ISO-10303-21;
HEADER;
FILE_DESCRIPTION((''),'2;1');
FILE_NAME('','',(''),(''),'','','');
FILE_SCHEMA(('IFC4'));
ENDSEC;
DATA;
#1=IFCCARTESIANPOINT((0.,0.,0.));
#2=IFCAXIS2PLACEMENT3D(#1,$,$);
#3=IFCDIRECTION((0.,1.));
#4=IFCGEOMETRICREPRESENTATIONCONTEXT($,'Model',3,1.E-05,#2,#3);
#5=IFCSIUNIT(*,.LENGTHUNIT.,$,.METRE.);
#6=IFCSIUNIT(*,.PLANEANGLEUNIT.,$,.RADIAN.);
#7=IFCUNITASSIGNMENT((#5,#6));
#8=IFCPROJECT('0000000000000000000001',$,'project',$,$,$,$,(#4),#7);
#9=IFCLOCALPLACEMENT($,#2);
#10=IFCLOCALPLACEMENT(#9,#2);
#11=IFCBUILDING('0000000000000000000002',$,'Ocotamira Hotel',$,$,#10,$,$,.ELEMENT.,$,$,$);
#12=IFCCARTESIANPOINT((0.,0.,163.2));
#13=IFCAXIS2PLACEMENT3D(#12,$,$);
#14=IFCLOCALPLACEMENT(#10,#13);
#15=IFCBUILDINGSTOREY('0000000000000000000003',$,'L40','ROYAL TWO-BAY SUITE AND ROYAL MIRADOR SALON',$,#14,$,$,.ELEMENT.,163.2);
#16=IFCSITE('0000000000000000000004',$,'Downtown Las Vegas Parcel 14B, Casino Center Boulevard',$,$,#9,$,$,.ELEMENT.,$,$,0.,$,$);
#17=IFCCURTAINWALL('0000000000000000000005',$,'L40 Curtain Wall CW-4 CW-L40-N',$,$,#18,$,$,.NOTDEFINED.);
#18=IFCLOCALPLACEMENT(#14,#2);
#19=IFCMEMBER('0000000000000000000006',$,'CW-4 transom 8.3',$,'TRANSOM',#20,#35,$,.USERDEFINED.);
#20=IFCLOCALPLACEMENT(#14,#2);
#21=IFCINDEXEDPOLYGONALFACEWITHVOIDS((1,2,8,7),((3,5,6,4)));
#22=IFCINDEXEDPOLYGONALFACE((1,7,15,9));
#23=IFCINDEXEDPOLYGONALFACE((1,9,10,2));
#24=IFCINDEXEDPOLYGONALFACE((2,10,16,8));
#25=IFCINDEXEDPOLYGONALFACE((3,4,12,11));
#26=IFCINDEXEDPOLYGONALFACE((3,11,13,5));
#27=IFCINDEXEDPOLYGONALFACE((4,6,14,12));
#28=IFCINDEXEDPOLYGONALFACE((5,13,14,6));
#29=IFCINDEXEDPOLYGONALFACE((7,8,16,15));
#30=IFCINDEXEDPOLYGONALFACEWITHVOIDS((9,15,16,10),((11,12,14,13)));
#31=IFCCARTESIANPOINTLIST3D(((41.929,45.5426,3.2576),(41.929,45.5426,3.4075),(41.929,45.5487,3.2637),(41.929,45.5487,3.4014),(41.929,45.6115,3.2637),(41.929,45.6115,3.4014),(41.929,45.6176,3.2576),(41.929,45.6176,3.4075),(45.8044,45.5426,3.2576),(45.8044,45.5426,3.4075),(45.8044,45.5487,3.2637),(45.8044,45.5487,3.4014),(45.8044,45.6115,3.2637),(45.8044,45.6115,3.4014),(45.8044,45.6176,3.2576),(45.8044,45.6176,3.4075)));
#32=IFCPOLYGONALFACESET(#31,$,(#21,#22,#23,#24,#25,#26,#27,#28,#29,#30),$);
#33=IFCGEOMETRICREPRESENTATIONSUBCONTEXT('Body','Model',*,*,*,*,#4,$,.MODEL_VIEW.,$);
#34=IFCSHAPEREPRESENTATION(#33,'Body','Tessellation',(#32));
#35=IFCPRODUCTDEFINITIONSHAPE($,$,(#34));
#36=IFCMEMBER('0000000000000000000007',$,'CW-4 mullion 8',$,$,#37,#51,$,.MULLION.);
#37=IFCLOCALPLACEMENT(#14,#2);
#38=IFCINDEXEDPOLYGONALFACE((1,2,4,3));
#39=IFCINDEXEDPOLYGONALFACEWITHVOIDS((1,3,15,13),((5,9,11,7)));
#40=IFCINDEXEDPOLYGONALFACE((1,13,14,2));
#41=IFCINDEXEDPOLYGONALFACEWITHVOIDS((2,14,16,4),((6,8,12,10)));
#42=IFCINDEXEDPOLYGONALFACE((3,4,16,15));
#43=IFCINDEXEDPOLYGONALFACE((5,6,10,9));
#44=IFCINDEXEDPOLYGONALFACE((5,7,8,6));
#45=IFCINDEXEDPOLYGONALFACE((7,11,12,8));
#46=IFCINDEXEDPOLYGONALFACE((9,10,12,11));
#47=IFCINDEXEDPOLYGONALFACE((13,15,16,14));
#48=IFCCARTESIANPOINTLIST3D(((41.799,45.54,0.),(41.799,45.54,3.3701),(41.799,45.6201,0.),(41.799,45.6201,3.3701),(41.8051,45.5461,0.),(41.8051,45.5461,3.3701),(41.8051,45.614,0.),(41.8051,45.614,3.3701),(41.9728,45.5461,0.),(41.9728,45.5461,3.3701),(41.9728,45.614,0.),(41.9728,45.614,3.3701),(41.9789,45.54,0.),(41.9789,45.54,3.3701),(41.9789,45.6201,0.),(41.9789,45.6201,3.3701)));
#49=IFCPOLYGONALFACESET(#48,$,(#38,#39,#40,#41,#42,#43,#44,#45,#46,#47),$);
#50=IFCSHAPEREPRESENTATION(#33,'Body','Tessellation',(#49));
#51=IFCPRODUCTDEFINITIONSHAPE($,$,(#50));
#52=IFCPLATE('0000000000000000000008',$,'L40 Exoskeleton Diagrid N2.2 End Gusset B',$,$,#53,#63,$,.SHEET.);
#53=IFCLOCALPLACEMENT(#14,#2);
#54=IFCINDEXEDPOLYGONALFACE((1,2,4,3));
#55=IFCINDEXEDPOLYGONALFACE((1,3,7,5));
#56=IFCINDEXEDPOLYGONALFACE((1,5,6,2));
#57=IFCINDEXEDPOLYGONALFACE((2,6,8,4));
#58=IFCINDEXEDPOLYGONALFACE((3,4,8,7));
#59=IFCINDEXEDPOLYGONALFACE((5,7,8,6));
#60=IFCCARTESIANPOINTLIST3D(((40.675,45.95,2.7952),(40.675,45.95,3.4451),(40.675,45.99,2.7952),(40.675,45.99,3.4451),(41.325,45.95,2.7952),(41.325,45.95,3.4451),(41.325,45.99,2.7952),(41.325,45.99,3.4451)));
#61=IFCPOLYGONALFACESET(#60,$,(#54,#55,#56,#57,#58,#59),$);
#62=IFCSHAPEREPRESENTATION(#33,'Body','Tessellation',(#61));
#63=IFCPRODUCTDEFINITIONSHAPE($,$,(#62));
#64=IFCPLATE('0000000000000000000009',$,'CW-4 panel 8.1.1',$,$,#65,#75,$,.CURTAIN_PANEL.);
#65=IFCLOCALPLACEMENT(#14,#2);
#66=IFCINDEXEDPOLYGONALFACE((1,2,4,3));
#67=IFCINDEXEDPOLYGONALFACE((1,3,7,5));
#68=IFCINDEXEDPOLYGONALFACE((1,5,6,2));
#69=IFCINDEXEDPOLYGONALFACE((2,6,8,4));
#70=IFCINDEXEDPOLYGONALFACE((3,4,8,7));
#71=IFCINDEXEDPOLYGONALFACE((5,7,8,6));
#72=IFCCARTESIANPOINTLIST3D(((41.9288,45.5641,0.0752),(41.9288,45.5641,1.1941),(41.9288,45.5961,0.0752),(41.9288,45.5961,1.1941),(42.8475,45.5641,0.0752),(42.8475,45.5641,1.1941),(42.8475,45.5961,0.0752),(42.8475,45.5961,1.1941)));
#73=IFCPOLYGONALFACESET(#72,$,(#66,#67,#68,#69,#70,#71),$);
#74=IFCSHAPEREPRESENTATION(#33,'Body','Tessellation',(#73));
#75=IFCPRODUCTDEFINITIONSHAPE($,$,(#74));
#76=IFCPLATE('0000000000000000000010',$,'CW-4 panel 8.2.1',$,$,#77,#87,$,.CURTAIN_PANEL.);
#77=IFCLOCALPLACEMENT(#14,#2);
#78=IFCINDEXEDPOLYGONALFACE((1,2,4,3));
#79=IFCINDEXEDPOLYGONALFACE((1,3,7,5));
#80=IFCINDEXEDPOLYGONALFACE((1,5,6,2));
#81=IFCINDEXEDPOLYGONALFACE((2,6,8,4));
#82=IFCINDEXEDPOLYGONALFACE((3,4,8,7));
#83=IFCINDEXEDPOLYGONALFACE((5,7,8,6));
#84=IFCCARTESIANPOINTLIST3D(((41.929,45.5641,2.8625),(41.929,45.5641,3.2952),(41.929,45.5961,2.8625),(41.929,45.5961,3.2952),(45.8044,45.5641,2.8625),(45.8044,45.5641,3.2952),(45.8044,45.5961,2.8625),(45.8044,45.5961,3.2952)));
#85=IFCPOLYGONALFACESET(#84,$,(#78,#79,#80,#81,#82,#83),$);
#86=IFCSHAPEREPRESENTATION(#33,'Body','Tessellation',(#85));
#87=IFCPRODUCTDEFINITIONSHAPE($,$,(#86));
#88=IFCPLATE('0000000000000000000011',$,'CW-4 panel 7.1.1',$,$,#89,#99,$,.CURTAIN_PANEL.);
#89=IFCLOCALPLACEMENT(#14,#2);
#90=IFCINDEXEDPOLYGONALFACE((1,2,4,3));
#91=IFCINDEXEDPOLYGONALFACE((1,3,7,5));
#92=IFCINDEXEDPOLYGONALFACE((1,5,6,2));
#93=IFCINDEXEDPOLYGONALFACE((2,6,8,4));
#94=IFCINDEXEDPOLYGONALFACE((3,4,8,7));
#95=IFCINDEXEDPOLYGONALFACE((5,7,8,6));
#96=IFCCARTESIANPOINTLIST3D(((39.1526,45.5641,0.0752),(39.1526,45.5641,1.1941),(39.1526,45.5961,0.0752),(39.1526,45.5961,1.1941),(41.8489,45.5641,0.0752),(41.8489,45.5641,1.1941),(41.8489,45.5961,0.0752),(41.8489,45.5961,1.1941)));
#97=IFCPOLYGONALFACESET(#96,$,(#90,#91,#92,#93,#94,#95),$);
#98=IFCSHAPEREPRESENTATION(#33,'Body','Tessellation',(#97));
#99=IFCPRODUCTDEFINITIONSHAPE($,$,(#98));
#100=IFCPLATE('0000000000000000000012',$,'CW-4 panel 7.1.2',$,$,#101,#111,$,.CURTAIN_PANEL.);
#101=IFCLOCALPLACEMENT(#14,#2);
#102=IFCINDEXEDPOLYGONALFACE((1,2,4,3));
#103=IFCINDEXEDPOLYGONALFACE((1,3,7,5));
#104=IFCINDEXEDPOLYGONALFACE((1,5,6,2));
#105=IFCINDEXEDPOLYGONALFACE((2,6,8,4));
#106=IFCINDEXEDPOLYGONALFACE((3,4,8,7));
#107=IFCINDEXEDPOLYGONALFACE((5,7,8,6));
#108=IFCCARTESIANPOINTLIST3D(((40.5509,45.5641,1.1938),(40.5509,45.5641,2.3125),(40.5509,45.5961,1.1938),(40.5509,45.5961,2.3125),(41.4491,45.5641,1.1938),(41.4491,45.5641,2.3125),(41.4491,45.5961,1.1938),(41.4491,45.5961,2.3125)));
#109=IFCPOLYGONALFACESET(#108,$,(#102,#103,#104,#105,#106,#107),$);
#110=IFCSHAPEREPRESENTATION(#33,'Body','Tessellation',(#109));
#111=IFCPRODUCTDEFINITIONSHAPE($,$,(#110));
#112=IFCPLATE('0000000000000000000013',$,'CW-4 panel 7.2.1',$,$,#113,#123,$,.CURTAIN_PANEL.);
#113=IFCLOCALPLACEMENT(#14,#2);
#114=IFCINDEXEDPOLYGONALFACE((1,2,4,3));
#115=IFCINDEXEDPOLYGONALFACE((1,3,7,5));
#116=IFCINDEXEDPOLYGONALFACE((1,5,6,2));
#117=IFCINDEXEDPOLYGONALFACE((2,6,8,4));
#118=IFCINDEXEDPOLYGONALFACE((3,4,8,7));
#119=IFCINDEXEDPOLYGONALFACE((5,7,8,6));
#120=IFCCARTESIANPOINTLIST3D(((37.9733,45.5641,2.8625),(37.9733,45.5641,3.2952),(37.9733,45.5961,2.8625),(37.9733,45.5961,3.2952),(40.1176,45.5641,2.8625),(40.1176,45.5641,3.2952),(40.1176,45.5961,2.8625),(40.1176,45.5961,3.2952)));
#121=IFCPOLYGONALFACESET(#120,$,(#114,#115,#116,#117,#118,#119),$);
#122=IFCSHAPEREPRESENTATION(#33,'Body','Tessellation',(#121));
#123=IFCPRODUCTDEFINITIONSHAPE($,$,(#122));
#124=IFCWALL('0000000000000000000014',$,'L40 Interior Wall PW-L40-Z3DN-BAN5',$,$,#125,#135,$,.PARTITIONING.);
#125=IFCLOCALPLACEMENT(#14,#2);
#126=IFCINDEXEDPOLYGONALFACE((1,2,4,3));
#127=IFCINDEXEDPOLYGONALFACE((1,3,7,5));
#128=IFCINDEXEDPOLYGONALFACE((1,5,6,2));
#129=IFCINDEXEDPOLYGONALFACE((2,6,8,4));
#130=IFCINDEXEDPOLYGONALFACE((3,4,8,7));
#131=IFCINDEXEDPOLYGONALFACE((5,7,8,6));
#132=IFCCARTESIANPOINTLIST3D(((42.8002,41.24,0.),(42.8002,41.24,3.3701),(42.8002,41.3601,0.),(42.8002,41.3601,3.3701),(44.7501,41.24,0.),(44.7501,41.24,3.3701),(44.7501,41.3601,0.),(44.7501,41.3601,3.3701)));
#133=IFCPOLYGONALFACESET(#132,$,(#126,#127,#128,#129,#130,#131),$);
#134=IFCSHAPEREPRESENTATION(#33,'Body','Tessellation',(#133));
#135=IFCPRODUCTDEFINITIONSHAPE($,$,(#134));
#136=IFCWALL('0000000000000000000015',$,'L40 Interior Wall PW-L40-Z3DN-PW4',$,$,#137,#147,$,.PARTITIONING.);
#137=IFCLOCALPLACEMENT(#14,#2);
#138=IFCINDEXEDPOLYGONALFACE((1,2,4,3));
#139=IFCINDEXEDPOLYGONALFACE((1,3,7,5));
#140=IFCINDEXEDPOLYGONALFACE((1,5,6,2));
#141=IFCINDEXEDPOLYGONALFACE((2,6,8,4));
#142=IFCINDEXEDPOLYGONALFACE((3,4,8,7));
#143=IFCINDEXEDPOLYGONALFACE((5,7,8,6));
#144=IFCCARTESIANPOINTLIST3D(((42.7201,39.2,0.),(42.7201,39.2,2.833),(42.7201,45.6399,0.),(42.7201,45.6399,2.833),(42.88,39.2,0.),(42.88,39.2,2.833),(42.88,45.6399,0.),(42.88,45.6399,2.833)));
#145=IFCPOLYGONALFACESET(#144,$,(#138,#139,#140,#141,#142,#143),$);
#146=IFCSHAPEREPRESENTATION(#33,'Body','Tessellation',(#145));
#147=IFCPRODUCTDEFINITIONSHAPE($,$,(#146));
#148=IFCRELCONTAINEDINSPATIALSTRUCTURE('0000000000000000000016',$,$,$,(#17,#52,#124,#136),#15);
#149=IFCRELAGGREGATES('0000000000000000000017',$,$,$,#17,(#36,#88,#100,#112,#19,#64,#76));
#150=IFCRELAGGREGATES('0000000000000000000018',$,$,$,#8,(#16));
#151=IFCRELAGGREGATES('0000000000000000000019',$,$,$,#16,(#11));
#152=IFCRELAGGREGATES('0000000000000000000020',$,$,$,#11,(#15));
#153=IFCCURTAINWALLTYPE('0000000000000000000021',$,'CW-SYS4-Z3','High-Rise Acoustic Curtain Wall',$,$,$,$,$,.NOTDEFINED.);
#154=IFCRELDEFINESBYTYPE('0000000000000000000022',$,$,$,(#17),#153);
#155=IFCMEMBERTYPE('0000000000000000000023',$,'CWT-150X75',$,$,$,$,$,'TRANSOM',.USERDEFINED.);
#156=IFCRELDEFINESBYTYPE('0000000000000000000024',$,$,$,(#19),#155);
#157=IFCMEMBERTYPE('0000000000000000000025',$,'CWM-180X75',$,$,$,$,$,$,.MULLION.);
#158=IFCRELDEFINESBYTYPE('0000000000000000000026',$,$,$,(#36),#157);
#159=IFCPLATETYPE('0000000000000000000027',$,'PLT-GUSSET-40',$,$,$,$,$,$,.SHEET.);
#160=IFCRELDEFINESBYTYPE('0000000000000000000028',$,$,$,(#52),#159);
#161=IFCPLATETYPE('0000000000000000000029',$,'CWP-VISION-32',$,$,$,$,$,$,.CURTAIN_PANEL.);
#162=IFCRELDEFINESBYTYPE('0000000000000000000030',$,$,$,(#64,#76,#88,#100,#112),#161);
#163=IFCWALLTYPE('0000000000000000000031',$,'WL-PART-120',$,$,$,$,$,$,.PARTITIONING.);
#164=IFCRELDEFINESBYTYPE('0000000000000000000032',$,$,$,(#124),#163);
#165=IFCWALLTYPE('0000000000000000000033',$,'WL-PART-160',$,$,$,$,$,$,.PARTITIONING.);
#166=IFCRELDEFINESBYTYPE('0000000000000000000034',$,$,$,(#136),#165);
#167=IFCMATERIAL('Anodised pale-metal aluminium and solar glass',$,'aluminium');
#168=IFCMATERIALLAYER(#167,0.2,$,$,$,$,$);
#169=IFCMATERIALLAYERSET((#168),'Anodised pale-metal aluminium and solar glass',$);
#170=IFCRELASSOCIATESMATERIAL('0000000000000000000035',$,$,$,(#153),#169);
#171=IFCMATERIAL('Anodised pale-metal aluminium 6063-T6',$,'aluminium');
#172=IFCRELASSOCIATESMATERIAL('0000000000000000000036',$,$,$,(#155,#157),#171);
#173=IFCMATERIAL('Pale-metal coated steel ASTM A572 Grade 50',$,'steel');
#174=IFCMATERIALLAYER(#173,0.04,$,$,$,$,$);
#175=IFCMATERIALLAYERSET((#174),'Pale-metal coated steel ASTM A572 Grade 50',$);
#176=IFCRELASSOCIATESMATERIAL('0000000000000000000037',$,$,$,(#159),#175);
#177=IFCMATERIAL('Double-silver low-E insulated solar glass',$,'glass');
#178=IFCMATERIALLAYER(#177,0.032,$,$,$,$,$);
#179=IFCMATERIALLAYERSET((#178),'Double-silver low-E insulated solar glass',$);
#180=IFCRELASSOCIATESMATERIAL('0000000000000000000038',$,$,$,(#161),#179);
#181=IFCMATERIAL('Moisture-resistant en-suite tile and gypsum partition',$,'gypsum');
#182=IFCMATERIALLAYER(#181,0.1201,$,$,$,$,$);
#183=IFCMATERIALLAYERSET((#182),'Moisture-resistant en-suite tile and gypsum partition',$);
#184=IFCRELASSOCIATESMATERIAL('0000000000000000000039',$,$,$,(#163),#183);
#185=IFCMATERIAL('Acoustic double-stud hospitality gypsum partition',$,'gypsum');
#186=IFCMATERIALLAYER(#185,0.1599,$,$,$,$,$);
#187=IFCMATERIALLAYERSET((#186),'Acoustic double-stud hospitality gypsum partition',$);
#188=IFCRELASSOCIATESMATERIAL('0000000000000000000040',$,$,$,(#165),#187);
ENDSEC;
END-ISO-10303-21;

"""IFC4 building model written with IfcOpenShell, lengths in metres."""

from ifc_helpers import new_model, si_unit, direction, frame, frame_2d, origin, origin_2d, place, context, subcontext, project, spatial, rectangle, hollow_rectangle, extrude, source, transform, mapped, material, layer, layer_set, material_profile, profile_set, type_object, element, aggregate, save


model = new_model("IFC4")

# Units and contexts
model_context = context("Model", 3, precision=1e-05, world=origin(), true_north=direction((0.0, 1.0)))
body_context = subcontext(model_context, "Body", "Model", "MODEL_VIEW")
ifc_project = project(units=[si_unit("LENGTHUNIT", "METRE"), si_unit("PLANEANGLEUNIT", "RADIAN")], contexts=[model_context])

# Site, building, storey
site_placement = place(None, origin())
site = spatial("IfcSite", under=ifc_project, at=site_placement, Name="Downtown Las Vegas Parcel 14B, Casino Center Boulevard", CompositionType="ELEMENT", RefElevation=0.0)
building_placement = place(site_placement, origin())
building = spatial("IfcBuilding", under=site, at=building_placement, Name="Ocotamira Hotel", CompositionType="ELEMENT")
storey_placement = place(building_placement, frame((0.0, 0.0, 163.2)))
storey = spatial("IfcBuildingStorey", under=building, at=storey_placement, Name="L40", Description="ROYAL TWO-BAY SUITE AND ROYAL MIRADOR SALON", CompositionType="ELEMENT", Elevation=163.2)

# Curtain wall, members
ifc_material_1 = material(Name="Anodised pale-metal aluminium and solar glass", Category="aluminium")
ifc_layer_1 = layer(ifc_material_1, 0.2)
ifc_layer_set_1 = layer_set([ifc_layer_1], Name="Anodised pale-metal aluminium and solar glass")
curtain_wall_type = type_object("IfcCurtainWallType", Name="CW-SYS4-Z3", Description="High-Rise Acoustic Curtain Wall", PredefinedType="NOTDEFINED", material=ifc_layer_set_1)
curtain_wall_placement = place(storey_placement, origin())
curtain_wall = element("IfcCurtainWall", 1, at=curtain_wall_placement, inside=storey, type_object=curtain_wall_type, Name="L40 Curtain Wall CW-4 CW-L40-N", PredefinedType="NOTDEFINED")
ifc_material_2 = material(Name="Anodised pale-metal aluminium 6063-T6", Category="aluminium")
ifc_material_profile_1 = material_profile(ifc_material_2, hollow_rectangle(XDim=0.075, YDim=0.1499, WallThickness=0.0061, at=origin_2d()), Name="HSS150X75X6")
ifc_profile_set_1 = profile_set([ifc_material_profile_1], Name="Anodised pale-metal aluminium 6063-T6")
member_type_1 = type_object("IfcMemberType", Name="CWT-150X75", ElementType="TRANSOM", PredefinedType="USERDEFINED", material=ifc_profile_set_1)
shared_shape_1 = source(origin(), body_context, "Body", "SweptSolid", [
    extrude(hollow_rectangle(XDim=0.075, YDim=0.1499, WallThickness=0.0061, at=origin_2d()), origin(), (0.0, 0.0, 1.0), 3.8755),
])
member_1_placement = place(storey_placement, frame((41.929, 45.5801, 3.3325), z_axis=(1.0, 0.0, 0.0), x_axis=(0.0, 1.0, 0.0)))
member_1 = element("IfcMember", 2, at=member_1_placement, type_object=member_type_1, Name="CW-4 transom 8.3", ObjectType="TRANSOM", PredefinedType="USERDEFINED", context=body_context, shape_type="MappedRepresentation", body=[
    mapped(shared_shape_1, transform((0.0, 0.0, 0.0), scale=1.0)),
])
ifc_material_profile_2 = material_profile(ifc_material_2, hollow_rectangle(XDim=0.0801, YDim=0.1799, WallThickness=0.0061, at=origin_2d()), Name="HSS180X80X6")
ifc_profile_set_2 = profile_set([ifc_material_profile_2], Name="Anodised pale-metal aluminium 6063-T6")
member_type_2 = type_object("IfcMemberType", Name="CWM-180X75", PredefinedType="MULLION", material=ifc_profile_set_2)
shared_shape_2 = source(origin(), body_context, "Body", "SweptSolid", [
    extrude(hollow_rectangle(XDim=0.0801, YDim=0.1799, WallThickness=0.0061, at=origin_2d()), origin(), (0.0, 0.0, 1.0), 3.3701),
])
member_2_placement = place(storey_placement, frame((41.8889, 45.5801, 0.0), z_axis=(0.0, 0.0, 1.0), x_axis=(0.0, 1.0, 0.0)))
member_2 = element("IfcMember", 3, at=member_2_placement, type_object=member_type_2, Name="CW-4 mullion 8", PredefinedType="MULLION", context=body_context, shape_type="MappedRepresentation", body=[
    mapped(shared_shape_2, transform((0.0, 0.0, 0.0), scale=1.0)),
])

# Plates
ifc_material_3 = material(Name="Pale-metal coated steel ASTM A572 Grade 50", Category="steel")
ifc_layer_2 = layer(ifc_material_3, 0.04)
ifc_layer_set_2 = layer_set([ifc_layer_2], Name="Pale-metal coated steel ASTM A572 Grade 50")
plate_type_1 = type_object("IfcPlateType", Name="PLT-GUSSET-40", PredefinedType="SHEET", material=ifc_layer_set_2)
shared_shape_3 = source(origin(), body_context, "Body", "SweptSolid", [
    extrude(rectangle(XDim=0.6499, YDim=0.04, at=origin_2d()), origin(), (0.0, 0.0, 1.0), 0.6499),
])
plate_1_placement = place(storey_placement, frame((41.0, 45.97, 2.7952), z_axis=(0.0, 0.0, 1.0), x_axis=(1.0, 0.0, 0.0)))
element("IfcPlate", 4, at=plate_1_placement, inside=storey, type_object=plate_type_1, Name="L40 Exoskeleton Diagrid N2.2 End Gusset B", PredefinedType="SHEET", context=body_context, shape_type="MappedRepresentation", body=[
    mapped(shared_shape_3, transform((0.0, 0.0, 0.0), scale=1.0)),
])
ifc_material_4 = material(Name="Double-silver low-E insulated solar glass", Category="glass")
ifc_layer_3 = layer(ifc_material_4, 0.032)
ifc_layer_set_3 = layer_set([ifc_layer_3], Name="Double-silver low-E insulated solar glass")
plate_type_2 = type_object("IfcPlateType", Name="CWP-VISION-32", PredefinedType="CURTAIN_PANEL", material=ifc_layer_set_3)
shared_shape_4 = source(origin(), body_context, "Body", "SweptSolid", [
    extrude(rectangle(XDim=0.9187, YDim=0.032, at=origin_2d()), origin(), (0.0, 0.0, 1.0), 1.1189),
])
plate_2_placement = place(storey_placement, frame((42.3882, 45.5801, 0.0752), z_axis=(0.0, 0.0, 1.0), x_axis=(1.0, 0.0, 0.0)))
plate_2 = element("IfcPlate", 5, at=plate_2_placement, type_object=plate_type_2, Name="CW-4 panel 8.1.1", PredefinedType="CURTAIN_PANEL", context=body_context, shape_type="MappedRepresentation", body=[
    mapped(shared_shape_4, transform((0.0, 0.0, 0.0), scale=1.0)),
])
shared_shape_5 = source(origin(), body_context, "Body", "SweptSolid", [
    extrude(rectangle(XDim=3.8755, YDim=0.032, at=origin_2d()), origin(), (0.0, 0.0, 1.0), 0.4326),
])
plate_3_placement = place(storey_placement, frame((43.8667, 45.5801, 2.8625), z_axis=(0.0, 0.0, 1.0), x_axis=(1.0, 0.0, 0.0)))
plate_3 = element("IfcPlate", 6, at=plate_3_placement, type_object=plate_type_2, Name="CW-4 panel 8.2.1", PredefinedType="CURTAIN_PANEL", context=body_context, shape_type="MappedRepresentation", body=[
    mapped(shared_shape_5, transform((0.0, 0.0, 0.0), scale=1.0)),
])
shared_shape_6 = source(origin(), body_context, "Body", "SweptSolid", [
    extrude(rectangle(XDim=2.6963, YDim=0.032, at=origin_2d()), origin(), (0.0, 0.0, 1.0), 1.1189),
])
plate_4_placement = place(storey_placement, frame((40.5007, 45.5801, 0.0752), z_axis=(0.0, 0.0, 1.0), x_axis=(1.0, 0.0, 0.0)))
plate_4 = element("IfcPlate", 7, at=plate_4_placement, type_object=plate_type_2, Name="CW-4 panel 7.1.1", PredefinedType="CURTAIN_PANEL", context=body_context, shape_type="MappedRepresentation", body=[
    mapped(shared_shape_6, transform((0.0, 0.0, 0.0), scale=1.0)),
])
shared_shape_7 = source(origin(), body_context, "Body", "SweptSolid", [
    extrude(rectangle(XDim=0.8982, YDim=0.032, at=origin_2d()), origin(), (0.0, 0.0, 1.0), 1.1187),
])
plate_5_placement = place(storey_placement, frame((41.0, 45.5801, 1.1938), z_axis=(0.0, 0.0, 1.0), x_axis=(1.0, 0.0, 0.0)))
plate_5 = element("IfcPlate", 8, at=plate_5_placement, type_object=plate_type_2, Name="CW-4 panel 7.1.2", PredefinedType="CURTAIN_PANEL", context=body_context, shape_type="MappedRepresentation", body=[
    mapped(shared_shape_7, transform((0.0, 0.0, 0.0), scale=1.0)),
])
shared_shape_8 = source(origin(), body_context, "Body", "SweptSolid", [
    extrude(rectangle(XDim=2.1443, YDim=0.032, at=origin_2d()), origin(), (0.0, 0.0, 1.0), 0.4326),
])
plate_6_placement = place(storey_placement, frame((39.0454, 45.5801, 2.8625), z_axis=(0.0, 0.0, 1.0), x_axis=(1.0, 0.0, 0.0)))
plate_6 = element("IfcPlate", 9, at=plate_6_placement, type_object=plate_type_2, Name="CW-4 panel 7.2.1", PredefinedType="CURTAIN_PANEL", context=body_context, shape_type="MappedRepresentation", body=[
    mapped(shared_shape_8, transform((0.0, 0.0, 0.0), scale=1.0)),
])
aggregate(curtain_wall, [member_2, plate_4, plate_5, plate_6, member_1, plate_2, plate_3])

# Walls
ifc_material_5 = material(Name="Moisture-resistant en-suite tile and gypsum partition", Category="gypsum")
ifc_layer_4 = layer(ifc_material_5, 0.1201)
ifc_layer_set_4 = layer_set([ifc_layer_4], Name="Moisture-resistant en-suite tile and gypsum partition")
wall_type_1 = type_object("IfcWallType", Name="WL-PART-120", PredefinedType="PARTITIONING", material=ifc_layer_set_4)
wall_1_placement = place(storey_placement, frame((42.8, 41.3, 0.0), z_axis=(0.0, 0.0, 1.0), x_axis=(1.0, 0.0, 0.0)))
element("IfcWall", 10, at=wall_1_placement, inside=storey, type_object=wall_type_1, Name="L40 Interior Wall PW-L40-Z3DN-BAN5", PredefinedType="PARTITIONING", context=body_context, shape_type="SweptSolid", body=[
    extrude(rectangle(XDim=1.95, YDim=0.1201, at=frame_2d((0.9751, 0.0))), origin(), (0.0, 0.0, 1.0), 3.3701),
])
ifc_material_6 = material(Name="Acoustic double-stud hospitality gypsum partition", Category="gypsum")
ifc_layer_5 = layer(ifc_material_6, 0.1599)
ifc_layer_set_5 = layer_set([ifc_layer_5], Name="Acoustic double-stud hospitality gypsum partition")
wall_type_2 = type_object("IfcWallType", Name="WL-PART-160", PredefinedType="PARTITIONING", material=ifc_layer_set_5)
wall_2_placement = place(storey_placement, frame((42.8, 39.2, 0.0), z_axis=(0.0, 0.0, 1.0), x_axis=(0.0, 1.0, 0.0)))
element("IfcWall", 11, at=wall_2_placement, inside=storey, type_object=wall_type_2, Name="L40 Interior Wall PW-L40-Z3DN-PW4", PredefinedType="PARTITIONING", context=body_context, shape_type="SweptSolid", body=[
    extrude(rectangle(XDim=6.4399, YDim=0.1599, at=frame_2d((3.22, 0.0))), origin(), (0.0, 0.0, 1.0), 2.833),
])

save(model, "model.ifc")
